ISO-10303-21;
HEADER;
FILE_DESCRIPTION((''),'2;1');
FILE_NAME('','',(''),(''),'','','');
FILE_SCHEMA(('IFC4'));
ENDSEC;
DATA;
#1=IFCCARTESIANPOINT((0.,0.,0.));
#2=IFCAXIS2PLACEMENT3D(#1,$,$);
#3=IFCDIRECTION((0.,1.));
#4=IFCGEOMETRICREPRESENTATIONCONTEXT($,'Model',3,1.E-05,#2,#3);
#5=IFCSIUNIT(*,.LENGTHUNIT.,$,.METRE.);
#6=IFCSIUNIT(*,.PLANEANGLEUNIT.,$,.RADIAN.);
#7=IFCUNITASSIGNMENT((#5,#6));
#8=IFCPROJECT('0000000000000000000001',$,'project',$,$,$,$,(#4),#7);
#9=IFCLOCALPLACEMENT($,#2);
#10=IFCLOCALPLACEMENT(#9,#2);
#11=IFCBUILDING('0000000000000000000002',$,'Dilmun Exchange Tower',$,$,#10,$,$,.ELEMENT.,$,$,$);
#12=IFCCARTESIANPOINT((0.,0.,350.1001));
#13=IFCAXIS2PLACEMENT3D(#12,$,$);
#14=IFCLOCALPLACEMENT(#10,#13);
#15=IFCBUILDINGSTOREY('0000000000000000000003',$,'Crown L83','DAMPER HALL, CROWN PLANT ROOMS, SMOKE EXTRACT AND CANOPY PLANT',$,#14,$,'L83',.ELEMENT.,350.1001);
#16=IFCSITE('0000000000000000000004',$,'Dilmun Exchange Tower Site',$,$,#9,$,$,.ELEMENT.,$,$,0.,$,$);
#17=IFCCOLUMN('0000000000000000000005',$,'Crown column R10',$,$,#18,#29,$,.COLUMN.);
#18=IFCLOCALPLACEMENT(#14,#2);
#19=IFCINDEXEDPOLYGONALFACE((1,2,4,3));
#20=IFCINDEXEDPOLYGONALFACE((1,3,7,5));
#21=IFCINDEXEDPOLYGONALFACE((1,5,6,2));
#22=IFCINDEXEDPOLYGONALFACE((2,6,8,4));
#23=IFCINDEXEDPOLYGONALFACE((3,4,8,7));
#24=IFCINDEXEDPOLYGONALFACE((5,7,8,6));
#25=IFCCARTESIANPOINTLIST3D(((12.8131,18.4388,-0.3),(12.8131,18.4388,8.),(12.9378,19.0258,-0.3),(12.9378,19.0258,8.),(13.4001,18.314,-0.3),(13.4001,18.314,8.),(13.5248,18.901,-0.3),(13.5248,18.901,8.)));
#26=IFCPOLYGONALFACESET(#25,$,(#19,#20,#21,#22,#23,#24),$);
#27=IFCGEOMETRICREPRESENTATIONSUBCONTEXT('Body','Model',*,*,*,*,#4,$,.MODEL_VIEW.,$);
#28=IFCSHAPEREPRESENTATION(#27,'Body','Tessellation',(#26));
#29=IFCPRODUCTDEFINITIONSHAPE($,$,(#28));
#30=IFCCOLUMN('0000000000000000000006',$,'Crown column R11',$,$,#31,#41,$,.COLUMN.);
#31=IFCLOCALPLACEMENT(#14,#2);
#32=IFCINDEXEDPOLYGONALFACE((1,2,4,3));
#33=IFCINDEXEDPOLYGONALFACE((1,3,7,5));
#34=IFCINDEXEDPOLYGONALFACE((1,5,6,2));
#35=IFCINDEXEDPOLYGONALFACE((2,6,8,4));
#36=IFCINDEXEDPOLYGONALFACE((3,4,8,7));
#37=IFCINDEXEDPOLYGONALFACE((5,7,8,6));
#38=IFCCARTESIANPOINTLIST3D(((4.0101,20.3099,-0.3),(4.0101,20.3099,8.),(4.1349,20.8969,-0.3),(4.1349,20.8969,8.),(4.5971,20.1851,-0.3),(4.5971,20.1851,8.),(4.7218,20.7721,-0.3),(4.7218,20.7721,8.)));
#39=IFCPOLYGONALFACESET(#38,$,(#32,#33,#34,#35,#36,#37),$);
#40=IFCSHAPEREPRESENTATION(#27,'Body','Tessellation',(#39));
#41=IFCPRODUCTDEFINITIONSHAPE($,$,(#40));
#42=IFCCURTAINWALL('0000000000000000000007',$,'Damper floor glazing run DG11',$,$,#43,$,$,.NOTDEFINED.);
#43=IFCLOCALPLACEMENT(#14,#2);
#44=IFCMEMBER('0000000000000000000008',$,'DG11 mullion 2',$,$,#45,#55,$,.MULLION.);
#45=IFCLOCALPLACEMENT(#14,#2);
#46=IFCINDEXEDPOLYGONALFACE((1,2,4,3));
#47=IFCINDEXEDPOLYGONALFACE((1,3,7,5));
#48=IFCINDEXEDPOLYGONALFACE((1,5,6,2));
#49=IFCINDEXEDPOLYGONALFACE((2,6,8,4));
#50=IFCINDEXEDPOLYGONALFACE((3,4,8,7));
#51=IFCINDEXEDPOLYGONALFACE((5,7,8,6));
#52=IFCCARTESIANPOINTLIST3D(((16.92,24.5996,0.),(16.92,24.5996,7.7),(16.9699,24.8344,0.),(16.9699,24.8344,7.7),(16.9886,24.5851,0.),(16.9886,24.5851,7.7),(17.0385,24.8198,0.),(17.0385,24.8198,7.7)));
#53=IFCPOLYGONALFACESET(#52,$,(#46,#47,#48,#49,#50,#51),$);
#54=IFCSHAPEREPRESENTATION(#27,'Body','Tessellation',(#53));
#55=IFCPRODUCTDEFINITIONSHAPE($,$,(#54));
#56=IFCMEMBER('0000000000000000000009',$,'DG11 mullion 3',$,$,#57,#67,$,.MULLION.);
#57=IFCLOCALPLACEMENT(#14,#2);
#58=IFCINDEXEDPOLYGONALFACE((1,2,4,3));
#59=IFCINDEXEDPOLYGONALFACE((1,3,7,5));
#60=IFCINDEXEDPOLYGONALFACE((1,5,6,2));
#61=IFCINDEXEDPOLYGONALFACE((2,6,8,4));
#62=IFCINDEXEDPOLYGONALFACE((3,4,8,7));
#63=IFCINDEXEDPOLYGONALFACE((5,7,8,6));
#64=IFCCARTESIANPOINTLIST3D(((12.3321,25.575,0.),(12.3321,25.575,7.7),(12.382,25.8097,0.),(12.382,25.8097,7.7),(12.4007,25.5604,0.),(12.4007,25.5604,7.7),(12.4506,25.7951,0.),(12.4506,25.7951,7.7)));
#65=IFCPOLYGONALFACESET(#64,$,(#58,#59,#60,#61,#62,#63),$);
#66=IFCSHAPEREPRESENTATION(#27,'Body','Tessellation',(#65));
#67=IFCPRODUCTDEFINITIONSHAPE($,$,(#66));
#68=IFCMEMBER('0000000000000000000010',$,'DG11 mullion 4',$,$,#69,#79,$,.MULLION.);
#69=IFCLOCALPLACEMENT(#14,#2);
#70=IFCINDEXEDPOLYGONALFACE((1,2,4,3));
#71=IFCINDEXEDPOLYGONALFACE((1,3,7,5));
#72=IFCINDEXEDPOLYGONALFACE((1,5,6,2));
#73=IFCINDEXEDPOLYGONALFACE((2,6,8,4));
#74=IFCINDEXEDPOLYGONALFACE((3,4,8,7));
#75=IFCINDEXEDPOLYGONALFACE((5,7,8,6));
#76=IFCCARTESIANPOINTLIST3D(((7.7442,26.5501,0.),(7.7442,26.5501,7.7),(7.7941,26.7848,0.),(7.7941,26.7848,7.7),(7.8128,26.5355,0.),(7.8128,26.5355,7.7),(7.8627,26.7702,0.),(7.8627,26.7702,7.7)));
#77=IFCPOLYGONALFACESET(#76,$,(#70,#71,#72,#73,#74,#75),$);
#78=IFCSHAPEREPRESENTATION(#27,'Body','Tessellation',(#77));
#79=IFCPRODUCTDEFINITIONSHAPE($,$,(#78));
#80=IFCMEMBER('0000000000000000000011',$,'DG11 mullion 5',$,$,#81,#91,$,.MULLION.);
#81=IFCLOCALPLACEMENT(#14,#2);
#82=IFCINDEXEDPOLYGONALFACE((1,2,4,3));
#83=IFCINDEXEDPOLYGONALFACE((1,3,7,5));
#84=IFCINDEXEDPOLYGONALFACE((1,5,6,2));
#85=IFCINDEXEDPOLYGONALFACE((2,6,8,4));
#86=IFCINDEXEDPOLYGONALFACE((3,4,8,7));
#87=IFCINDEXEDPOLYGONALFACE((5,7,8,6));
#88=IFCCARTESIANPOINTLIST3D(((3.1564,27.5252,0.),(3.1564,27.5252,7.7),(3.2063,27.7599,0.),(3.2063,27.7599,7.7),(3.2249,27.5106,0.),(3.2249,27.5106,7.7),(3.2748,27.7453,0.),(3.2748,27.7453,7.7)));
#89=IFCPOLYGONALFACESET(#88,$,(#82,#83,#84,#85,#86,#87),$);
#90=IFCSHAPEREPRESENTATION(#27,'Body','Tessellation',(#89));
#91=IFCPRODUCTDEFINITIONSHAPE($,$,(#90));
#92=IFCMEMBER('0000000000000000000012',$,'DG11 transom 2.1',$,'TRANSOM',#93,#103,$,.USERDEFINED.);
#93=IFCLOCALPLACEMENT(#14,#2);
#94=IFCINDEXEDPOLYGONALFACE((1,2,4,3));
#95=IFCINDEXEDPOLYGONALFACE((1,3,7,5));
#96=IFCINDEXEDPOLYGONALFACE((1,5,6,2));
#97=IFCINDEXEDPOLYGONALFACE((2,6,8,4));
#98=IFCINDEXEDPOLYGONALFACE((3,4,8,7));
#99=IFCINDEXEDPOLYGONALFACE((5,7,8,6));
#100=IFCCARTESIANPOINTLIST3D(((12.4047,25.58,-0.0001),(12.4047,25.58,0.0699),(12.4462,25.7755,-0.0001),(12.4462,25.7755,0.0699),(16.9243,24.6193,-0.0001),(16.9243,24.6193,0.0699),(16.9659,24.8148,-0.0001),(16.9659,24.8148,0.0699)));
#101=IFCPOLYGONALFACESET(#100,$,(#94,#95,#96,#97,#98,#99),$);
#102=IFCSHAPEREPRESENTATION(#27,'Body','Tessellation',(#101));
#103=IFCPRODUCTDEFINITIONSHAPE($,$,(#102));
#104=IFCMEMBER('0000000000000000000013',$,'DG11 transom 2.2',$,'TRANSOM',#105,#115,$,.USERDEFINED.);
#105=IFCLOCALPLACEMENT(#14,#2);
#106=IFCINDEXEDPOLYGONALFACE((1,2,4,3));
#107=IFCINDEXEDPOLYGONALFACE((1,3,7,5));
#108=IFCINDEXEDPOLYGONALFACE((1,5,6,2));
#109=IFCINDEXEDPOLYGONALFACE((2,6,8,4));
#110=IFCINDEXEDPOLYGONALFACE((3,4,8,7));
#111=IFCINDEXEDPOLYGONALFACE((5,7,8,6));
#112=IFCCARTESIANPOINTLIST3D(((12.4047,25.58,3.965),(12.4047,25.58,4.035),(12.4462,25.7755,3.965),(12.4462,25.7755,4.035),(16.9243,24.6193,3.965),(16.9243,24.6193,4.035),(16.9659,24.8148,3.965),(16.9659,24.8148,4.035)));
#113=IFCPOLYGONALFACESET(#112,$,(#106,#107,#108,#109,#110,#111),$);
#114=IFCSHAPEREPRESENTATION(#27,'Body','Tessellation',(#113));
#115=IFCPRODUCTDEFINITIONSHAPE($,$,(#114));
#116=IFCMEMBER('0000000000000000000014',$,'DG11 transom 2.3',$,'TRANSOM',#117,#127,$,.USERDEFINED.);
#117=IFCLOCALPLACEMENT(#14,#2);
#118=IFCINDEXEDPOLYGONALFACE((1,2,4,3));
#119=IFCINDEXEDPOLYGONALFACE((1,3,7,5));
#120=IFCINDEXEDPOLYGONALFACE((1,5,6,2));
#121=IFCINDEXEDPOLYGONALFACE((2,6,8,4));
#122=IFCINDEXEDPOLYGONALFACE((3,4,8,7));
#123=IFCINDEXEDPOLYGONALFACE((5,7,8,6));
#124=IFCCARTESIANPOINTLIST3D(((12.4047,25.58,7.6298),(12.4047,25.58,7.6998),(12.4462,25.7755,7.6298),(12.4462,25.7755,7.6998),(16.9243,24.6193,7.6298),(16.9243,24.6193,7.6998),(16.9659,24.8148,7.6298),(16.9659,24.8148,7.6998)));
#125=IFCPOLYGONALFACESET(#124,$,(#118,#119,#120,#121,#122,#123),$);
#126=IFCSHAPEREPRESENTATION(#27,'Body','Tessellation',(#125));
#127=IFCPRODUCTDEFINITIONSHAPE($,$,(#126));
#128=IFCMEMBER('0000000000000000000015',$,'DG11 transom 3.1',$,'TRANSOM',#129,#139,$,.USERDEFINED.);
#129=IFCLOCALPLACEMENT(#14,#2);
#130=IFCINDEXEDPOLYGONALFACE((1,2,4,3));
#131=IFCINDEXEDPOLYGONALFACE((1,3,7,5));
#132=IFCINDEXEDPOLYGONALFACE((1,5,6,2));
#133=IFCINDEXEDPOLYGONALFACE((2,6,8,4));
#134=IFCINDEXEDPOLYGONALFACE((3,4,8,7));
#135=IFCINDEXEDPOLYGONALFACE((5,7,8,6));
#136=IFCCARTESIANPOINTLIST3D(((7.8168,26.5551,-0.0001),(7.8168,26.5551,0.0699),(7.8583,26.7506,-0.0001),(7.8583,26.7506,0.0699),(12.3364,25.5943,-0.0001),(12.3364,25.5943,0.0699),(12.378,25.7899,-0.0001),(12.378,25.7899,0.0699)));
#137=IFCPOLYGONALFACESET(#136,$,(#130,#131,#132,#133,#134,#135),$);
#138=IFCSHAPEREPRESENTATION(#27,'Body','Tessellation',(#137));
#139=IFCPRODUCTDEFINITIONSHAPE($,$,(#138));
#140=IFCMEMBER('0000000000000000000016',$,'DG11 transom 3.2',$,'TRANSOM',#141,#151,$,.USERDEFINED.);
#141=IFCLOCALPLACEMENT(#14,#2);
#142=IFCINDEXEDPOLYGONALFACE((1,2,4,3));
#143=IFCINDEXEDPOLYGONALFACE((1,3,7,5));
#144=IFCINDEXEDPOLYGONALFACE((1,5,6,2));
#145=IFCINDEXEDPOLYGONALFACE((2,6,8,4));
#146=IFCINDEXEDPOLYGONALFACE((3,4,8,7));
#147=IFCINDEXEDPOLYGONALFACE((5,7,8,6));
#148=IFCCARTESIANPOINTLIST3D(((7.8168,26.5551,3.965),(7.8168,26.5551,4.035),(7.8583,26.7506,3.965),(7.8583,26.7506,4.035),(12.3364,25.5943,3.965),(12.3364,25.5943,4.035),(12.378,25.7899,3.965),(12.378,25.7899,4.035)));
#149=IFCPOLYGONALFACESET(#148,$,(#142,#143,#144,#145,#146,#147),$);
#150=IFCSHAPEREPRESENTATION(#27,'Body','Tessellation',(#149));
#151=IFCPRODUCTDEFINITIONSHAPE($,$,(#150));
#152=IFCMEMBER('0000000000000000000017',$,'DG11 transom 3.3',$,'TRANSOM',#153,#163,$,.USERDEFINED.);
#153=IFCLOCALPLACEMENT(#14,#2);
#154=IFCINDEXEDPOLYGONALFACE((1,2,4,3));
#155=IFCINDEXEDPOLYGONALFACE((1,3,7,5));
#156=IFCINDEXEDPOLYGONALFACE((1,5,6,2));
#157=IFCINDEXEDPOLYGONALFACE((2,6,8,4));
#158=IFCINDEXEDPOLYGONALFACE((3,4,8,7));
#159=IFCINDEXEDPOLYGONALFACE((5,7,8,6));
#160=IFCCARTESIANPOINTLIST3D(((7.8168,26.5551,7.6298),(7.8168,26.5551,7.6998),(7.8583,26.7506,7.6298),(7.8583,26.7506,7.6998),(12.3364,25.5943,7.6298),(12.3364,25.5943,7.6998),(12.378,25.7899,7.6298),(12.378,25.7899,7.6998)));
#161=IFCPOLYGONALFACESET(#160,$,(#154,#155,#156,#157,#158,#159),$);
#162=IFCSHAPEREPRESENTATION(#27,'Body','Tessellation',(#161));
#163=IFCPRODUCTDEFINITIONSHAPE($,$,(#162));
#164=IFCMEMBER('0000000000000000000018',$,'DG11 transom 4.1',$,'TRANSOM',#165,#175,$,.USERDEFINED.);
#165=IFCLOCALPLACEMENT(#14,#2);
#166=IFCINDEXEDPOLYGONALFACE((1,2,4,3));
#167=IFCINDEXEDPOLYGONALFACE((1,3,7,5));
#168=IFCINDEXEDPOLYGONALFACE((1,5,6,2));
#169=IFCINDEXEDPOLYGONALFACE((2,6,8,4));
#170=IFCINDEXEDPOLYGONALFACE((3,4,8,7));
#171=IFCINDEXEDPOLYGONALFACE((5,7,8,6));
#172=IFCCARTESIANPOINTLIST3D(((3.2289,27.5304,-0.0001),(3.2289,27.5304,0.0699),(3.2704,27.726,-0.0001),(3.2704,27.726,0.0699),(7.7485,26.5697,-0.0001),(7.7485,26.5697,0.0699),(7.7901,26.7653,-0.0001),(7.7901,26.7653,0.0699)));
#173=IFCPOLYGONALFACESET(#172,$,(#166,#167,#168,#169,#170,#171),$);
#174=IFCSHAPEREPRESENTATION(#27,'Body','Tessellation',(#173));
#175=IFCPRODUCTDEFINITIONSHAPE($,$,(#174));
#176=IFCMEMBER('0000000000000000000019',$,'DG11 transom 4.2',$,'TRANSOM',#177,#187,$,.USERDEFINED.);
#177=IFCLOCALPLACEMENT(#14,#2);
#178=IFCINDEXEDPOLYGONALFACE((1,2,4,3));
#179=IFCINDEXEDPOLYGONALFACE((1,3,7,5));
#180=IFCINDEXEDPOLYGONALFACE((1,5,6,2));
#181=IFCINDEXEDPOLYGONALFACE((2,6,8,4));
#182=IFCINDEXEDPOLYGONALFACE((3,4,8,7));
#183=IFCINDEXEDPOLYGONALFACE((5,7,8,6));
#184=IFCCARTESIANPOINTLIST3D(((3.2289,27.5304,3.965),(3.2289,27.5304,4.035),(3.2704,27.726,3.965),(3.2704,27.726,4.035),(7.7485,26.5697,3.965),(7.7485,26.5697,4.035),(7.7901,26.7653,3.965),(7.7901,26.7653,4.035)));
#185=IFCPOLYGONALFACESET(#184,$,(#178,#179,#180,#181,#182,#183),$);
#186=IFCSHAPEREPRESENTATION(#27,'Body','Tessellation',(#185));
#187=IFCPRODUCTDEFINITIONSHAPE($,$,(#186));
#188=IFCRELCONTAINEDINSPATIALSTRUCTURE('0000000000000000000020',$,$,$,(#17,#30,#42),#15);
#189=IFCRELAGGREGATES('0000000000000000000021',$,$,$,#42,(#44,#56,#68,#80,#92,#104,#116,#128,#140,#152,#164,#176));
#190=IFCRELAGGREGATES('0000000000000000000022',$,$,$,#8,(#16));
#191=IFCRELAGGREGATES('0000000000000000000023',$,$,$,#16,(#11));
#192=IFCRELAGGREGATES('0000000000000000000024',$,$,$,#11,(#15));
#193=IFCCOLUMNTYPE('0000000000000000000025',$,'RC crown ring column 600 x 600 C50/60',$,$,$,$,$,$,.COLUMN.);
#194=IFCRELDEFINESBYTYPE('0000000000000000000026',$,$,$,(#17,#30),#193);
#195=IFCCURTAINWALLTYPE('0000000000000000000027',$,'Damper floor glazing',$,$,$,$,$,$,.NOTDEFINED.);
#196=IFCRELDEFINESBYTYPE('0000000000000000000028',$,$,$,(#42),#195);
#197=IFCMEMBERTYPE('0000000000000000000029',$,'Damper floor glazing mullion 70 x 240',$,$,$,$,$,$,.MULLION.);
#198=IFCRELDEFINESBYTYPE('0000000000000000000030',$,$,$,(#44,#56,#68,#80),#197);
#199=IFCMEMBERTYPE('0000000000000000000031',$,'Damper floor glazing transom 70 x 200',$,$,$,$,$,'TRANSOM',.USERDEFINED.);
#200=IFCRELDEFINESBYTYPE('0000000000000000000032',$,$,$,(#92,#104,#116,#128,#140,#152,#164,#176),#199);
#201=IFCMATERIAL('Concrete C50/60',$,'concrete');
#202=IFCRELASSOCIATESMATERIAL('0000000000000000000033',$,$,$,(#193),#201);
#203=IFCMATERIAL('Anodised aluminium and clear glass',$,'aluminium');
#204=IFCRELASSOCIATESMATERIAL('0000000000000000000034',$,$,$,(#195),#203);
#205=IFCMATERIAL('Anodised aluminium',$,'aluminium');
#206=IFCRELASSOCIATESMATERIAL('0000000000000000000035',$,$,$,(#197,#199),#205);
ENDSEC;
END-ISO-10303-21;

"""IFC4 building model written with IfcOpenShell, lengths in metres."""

from ifc_helpers import new_model, si_unit, direction, frame, origin, origin_2d, place, context, subcontext, project, spatial, rectangle, extrude, material, material_profile, profile_set, type_object, element, aggregate, save


model = new_model("IFC4")

# Units and contexts
model_context = context("Model", 3, precision=1e-05, world=origin(), true_north=direction((0.0, 1.0)))
body_context = subcontext(model_context, "Body", "Model", "MODEL_VIEW")
ifc_project = project(units=[si_unit("LENGTHUNIT", "METRE"), si_unit("PLANEANGLEUNIT", "RADIAN")], contexts=[model_context])

# Site, building, storey
site_placement = place(None, origin())
site = spatial("IfcSite", under=ifc_project, at=site_placement, Name="Dilmun Exchange Tower Site", CompositionType="ELEMENT", RefElevation=0.0)
building_placement = place(site_placement, origin())
building = spatial("IfcBuilding", under=site, at=building_placement, Name="Dilmun Exchange Tower", CompositionType="ELEMENT")
storey_placement = place(building_placement, frame((0.0, 0.0, 350.1001)))
storey = spatial("IfcBuildingStorey", under=building, at=storey_placement, Name="Crown L83", Description="DAMPER HALL, CROWN PLANT ROOMS, SMOKE EXTRACT AND CANOPY PLANT", LongName="L83", CompositionType="ELEMENT", Elevation=350.1001)

# Columns
ifc_material_1 = material(Name="Concrete C50/60", Category="concrete")
ifc_material_profile_1 = material_profile(ifc_material_1, rectangle(XDim=0.6001, YDim=0.6001, at=origin_2d()), Name="600 x 600")
ifc_profile_set_1 = profile_set([ifc_material_profile_1], Name="Concrete C50/60")
column_type = type_object("IfcColumnType", Name="RC crown ring column 600 x 600 C50/60", PredefinedType="COLUMN", material=ifc_profile_set_1)
for number, where, z_axis, x_axis, name in (
    (1, (13.1689, 18.6699, -0.3), (0.0, 0.0, 1.0), (0.207912, 0.978148, 0.0), "Crown column R10"),
    (2, (4.366, 20.541, -0.3), (0.0, 0.0, 1.0), (0.207912, 0.978148, 0.0), "Crown column R11"),
):
    element("IfcColumn", number, at=place(storey_placement, frame(where, z_axis=z_axis, x_axis=x_axis)), inside=storey, type_object=column_type, Name=name, PredefinedType="COLUMN", context=body_context, shape_type="SweptSolid", body=[
        extrude(rectangle(XDim=0.6001, YDim=0.6001, at=origin_2d()), origin(), (0.0, 0.0, 1.0), 8.3),
    ])

# Curtain wall, members
ifc_material_2 = material(Name="Anodised aluminium and clear glass", Category="aluminium")
curtain_wall_type = type_object("IfcCurtainWallType", Name="Damper floor glazing", PredefinedType="NOTDEFINED", material=ifc_material_2)
curtain_wall_placement = place(storey_placement, origin())
curtain_wall = element("IfcCurtainWall", 3, at=curtain_wall_placement, inside=storey, type_object=curtain_wall_type, Name="Damper floor glazing run DG11", PredefinedType="NOTDEFINED")
ifc_material_3 = material(Name="Anodised aluminium", Category="aluminium")
ifc_material_profile_2 = material_profile(ifc_material_3, rectangle(XDim=0.24, YDim=0.0701, at=origin_2d()), Name="AL 70x240")
ifc_profile_set_2 = profile_set([ifc_material_profile_2], Name="Anodised aluminium")
member_type_1 = type_object("IfcMemberType", Name="Damper floor glazing mullion 70 x 240", PredefinedType="MULLION", material=ifc_profile_set_2)
member_1_placement = place(storey_placement, frame((16.9792, 24.7097, 0.0), z_axis=(0.0, 0.0, 1.0), x_axis=(-0.207911, -0.978148, 0.0)))
member_1 = element("IfcMember", 4, at=member_1_placement, type_object=member_type_1, Name="DG11 mullion 2", PredefinedType="MULLION", context=body_context, shape_type="SweptSolid", body=[
    extrude(rectangle(XDim=0.24, YDim=0.0701, at=origin_2d()), origin(), (0.0, 0.0, 1.0), 7.7),
])
member_2_placement = place(storey_placement, frame((12.3914, 25.6851, 0.0), z_axis=(0.0, 0.0, 1.0), x_axis=(-0.207911, -0.978148, 0.0)))
member_2 = element("IfcMember", 5, at=member_2_placement, type_object=member_type_1, Name="DG11 mullion 3", PredefinedType="MULLION", context=body_context, shape_type="SweptSolid", body=[
    extrude(rectangle(XDim=0.24, YDim=0.0701, at=origin_2d()), origin(), (0.0, 0.0, 1.0), 7.7),
])
member_3_placement = place(storey_placement, frame((7.8035, 26.6602, 0.0), z_axis=(0.0, 0.0, 1.0), x_axis=(-0.207911, -0.978148, 0.0)))
member_3 = element("IfcMember", 6, at=member_3_placement, type_object=member_type_1, Name="DG11 mullion 4", PredefinedType="MULLION", context=body_context, shape_type="SweptSolid", body=[
    extrude(rectangle(XDim=0.24, YDim=0.0701, at=origin_2d()), origin(), (0.0, 0.0, 1.0), 7.7),
])
member_4_placement = place(storey_placement, frame((3.2156, 27.6353, 0.0), z_axis=(0.0, 0.0, 1.0), x_axis=(-0.207911, -0.978148, 0.0)))
member_4 = element("IfcMember", 7, at=member_4_placement, type_object=member_type_1, Name="DG11 mullion 5", PredefinedType="MULLION", context=body_context, shape_type="SweptSolid", body=[
    extrude(rectangle(XDim=0.24, YDim=0.0701, at=origin_2d()), origin(), (0.0, 0.0, 1.0), 7.7),
])
ifc_material_profile_3 = material_profile(ifc_material_3, rectangle(XDim=0.2, YDim=0.0701, at=origin_2d()), Name="AL 70x200")
ifc_profile_set_3 = profile_set([ifc_material_profile_3], Name="Anodised aluminium")
member_type_2 = type_object("IfcMemberType", Name="Damper floor glazing transom 70 x 200", ElementType="TRANSOM", PredefinedType="USERDEFINED", material=ifc_profile_set_3)
member_5_placement = place(storey_placement, frame((16.9451, 24.717, 0.0349), z_axis=(-0.978146, 0.207919, 0.0), x_axis=(-0.207919, -0.978146, 0.0)))
member_5 = element("IfcMember", 8, at=member_5_placement, type_object=member_type_2, Name="DG11 transom 2.1", ObjectType="TRANSOM", PredefinedType="USERDEFINED", context=body_context, shape_type="SweptSolid", body=[
    extrude(rectangle(XDim=0.2, YDim=0.0701, at=origin_2d()), origin(), (0.0, 0.0, 1.0), 4.6206),
])
member_6_placement = place(storey_placement, frame((16.9451, 24.717, 4.0), z_axis=(-0.978146, 0.207919, 0.0), x_axis=(-0.207919, -0.978146, 0.0)))
member_6 = element("IfcMember", 9, at=member_6_placement, type_object=member_type_2, Name="DG11 transom 2.2", ObjectType="TRANSOM", PredefinedType="USERDEFINED", context=body_context, shape_type="SweptSolid", body=[
    extrude(rectangle(XDim=0.2, YDim=0.0701, at=origin_2d()), origin(), (0.0, 0.0, 1.0), 4.6206),
])
member_7_placement = place(storey_placement, frame((16.9451, 24.717, 7.6648), z_axis=(-0.978146, 0.207919, 0.0), x_axis=(-0.207919, -0.978146, 0.0)))
member_7 = element("IfcMember", 10, at=member_7_placement, type_object=member_type_2, Name="DG11 transom 2.3", ObjectType="TRANSOM", PredefinedType="USERDEFINED", context=body_context, shape_type="SweptSolid", body=[
    extrude(rectangle(XDim=0.2, YDim=0.0701, at=origin_2d()), origin(), (0.0, 0.0, 1.0), 4.6206),
])
member_8_placement = place(storey_placement, frame((12.3572, 25.6921, 0.0349), z_axis=(-0.978146, 0.207919, 0.0), x_axis=(-0.207919, -0.978146, 0.0)))
member_8 = element("IfcMember", 11, at=member_8_placement, type_object=member_type_2, Name="DG11 transom 3.1", ObjectType="TRANSOM", PredefinedType="USERDEFINED", context=body_context, shape_type="SweptSolid", body=[
    extrude(rectangle(XDim=0.2, YDim=0.0701, at=origin_2d()), origin(), (0.0, 0.0, 1.0), 4.6206),
])
member_9_placement = place(storey_placement, frame((12.3572, 25.6921, 4.0), z_axis=(-0.978146, 0.207919, 0.0), x_axis=(-0.207919, -0.978146, 0.0)))
member_9 = element("IfcMember", 12, at=member_9_placement, type_object=member_type_2, Name="DG11 transom 3.2", ObjectType="TRANSOM", PredefinedType="USERDEFINED", context=body_context, shape_type="SweptSolid", body=[
    extrude(rectangle(XDim=0.2, YDim=0.0701, at=origin_2d()), origin(), (0.0, 0.0, 1.0), 4.6206),
])
member_10_placement = place(storey_placement, frame((12.3572, 25.6921, 7.6648), z_axis=(-0.978146, 0.207919, 0.0), x_axis=(-0.207919, -0.978146, 0.0)))
member_10 = element("IfcMember", 13, at=member_10_placement, type_object=member_type_2, Name="DG11 transom 3.3", ObjectType="TRANSOM", PredefinedType="USERDEFINED", context=body_context, shape_type="SweptSolid", body=[
    extrude(rectangle(XDim=0.2, YDim=0.0701, at=origin_2d()), origin(), (0.0, 0.0, 1.0), 4.6206),
])
member_11_placement = place(storey_placement, frame((7.7693, 26.6675, 0.0349), z_axis=(-0.978146, 0.207919, 0.0), x_axis=(-0.207919, -0.978146, 0.0)))
member_11 = element("IfcMember", 14, at=member_11_placement, type_object=member_type_2, Name="DG11 transom 4.1", ObjectType="TRANSOM", PredefinedType="USERDEFINED", context=body_context, shape_type="SweptSolid", body=[
    extrude(rectangle(XDim=0.2, YDim=0.0701, at=origin_2d()), origin(), (0.0, 0.0, 1.0), 4.6206),
])
member_12_placement = place(storey_placement, frame((7.7693, 26.6675, 4.0), z_axis=(-0.978146, 0.207919, 0.0), x_axis=(-0.207919, -0.978146, 0.0)))
member_12 = element("IfcMember", 15, at=member_12_placement, type_object=member_type_2, Name="DG11 transom 4.2", ObjectType="TRANSOM", PredefinedType="USERDEFINED", context=body_context, shape_type="SweptSolid", body=[
    extrude(rectangle(XDim=0.2, YDim=0.0701, at=origin_2d()), origin(), (0.0, 0.0, 1.0), 4.6206),
])

aggregate(curtain_wall, [member_1, member_2, member_3, member_4, member_5, member_6, member_7, member_8, member_9, member_10, member_11, member_12])

save(model, "model.ifc")
